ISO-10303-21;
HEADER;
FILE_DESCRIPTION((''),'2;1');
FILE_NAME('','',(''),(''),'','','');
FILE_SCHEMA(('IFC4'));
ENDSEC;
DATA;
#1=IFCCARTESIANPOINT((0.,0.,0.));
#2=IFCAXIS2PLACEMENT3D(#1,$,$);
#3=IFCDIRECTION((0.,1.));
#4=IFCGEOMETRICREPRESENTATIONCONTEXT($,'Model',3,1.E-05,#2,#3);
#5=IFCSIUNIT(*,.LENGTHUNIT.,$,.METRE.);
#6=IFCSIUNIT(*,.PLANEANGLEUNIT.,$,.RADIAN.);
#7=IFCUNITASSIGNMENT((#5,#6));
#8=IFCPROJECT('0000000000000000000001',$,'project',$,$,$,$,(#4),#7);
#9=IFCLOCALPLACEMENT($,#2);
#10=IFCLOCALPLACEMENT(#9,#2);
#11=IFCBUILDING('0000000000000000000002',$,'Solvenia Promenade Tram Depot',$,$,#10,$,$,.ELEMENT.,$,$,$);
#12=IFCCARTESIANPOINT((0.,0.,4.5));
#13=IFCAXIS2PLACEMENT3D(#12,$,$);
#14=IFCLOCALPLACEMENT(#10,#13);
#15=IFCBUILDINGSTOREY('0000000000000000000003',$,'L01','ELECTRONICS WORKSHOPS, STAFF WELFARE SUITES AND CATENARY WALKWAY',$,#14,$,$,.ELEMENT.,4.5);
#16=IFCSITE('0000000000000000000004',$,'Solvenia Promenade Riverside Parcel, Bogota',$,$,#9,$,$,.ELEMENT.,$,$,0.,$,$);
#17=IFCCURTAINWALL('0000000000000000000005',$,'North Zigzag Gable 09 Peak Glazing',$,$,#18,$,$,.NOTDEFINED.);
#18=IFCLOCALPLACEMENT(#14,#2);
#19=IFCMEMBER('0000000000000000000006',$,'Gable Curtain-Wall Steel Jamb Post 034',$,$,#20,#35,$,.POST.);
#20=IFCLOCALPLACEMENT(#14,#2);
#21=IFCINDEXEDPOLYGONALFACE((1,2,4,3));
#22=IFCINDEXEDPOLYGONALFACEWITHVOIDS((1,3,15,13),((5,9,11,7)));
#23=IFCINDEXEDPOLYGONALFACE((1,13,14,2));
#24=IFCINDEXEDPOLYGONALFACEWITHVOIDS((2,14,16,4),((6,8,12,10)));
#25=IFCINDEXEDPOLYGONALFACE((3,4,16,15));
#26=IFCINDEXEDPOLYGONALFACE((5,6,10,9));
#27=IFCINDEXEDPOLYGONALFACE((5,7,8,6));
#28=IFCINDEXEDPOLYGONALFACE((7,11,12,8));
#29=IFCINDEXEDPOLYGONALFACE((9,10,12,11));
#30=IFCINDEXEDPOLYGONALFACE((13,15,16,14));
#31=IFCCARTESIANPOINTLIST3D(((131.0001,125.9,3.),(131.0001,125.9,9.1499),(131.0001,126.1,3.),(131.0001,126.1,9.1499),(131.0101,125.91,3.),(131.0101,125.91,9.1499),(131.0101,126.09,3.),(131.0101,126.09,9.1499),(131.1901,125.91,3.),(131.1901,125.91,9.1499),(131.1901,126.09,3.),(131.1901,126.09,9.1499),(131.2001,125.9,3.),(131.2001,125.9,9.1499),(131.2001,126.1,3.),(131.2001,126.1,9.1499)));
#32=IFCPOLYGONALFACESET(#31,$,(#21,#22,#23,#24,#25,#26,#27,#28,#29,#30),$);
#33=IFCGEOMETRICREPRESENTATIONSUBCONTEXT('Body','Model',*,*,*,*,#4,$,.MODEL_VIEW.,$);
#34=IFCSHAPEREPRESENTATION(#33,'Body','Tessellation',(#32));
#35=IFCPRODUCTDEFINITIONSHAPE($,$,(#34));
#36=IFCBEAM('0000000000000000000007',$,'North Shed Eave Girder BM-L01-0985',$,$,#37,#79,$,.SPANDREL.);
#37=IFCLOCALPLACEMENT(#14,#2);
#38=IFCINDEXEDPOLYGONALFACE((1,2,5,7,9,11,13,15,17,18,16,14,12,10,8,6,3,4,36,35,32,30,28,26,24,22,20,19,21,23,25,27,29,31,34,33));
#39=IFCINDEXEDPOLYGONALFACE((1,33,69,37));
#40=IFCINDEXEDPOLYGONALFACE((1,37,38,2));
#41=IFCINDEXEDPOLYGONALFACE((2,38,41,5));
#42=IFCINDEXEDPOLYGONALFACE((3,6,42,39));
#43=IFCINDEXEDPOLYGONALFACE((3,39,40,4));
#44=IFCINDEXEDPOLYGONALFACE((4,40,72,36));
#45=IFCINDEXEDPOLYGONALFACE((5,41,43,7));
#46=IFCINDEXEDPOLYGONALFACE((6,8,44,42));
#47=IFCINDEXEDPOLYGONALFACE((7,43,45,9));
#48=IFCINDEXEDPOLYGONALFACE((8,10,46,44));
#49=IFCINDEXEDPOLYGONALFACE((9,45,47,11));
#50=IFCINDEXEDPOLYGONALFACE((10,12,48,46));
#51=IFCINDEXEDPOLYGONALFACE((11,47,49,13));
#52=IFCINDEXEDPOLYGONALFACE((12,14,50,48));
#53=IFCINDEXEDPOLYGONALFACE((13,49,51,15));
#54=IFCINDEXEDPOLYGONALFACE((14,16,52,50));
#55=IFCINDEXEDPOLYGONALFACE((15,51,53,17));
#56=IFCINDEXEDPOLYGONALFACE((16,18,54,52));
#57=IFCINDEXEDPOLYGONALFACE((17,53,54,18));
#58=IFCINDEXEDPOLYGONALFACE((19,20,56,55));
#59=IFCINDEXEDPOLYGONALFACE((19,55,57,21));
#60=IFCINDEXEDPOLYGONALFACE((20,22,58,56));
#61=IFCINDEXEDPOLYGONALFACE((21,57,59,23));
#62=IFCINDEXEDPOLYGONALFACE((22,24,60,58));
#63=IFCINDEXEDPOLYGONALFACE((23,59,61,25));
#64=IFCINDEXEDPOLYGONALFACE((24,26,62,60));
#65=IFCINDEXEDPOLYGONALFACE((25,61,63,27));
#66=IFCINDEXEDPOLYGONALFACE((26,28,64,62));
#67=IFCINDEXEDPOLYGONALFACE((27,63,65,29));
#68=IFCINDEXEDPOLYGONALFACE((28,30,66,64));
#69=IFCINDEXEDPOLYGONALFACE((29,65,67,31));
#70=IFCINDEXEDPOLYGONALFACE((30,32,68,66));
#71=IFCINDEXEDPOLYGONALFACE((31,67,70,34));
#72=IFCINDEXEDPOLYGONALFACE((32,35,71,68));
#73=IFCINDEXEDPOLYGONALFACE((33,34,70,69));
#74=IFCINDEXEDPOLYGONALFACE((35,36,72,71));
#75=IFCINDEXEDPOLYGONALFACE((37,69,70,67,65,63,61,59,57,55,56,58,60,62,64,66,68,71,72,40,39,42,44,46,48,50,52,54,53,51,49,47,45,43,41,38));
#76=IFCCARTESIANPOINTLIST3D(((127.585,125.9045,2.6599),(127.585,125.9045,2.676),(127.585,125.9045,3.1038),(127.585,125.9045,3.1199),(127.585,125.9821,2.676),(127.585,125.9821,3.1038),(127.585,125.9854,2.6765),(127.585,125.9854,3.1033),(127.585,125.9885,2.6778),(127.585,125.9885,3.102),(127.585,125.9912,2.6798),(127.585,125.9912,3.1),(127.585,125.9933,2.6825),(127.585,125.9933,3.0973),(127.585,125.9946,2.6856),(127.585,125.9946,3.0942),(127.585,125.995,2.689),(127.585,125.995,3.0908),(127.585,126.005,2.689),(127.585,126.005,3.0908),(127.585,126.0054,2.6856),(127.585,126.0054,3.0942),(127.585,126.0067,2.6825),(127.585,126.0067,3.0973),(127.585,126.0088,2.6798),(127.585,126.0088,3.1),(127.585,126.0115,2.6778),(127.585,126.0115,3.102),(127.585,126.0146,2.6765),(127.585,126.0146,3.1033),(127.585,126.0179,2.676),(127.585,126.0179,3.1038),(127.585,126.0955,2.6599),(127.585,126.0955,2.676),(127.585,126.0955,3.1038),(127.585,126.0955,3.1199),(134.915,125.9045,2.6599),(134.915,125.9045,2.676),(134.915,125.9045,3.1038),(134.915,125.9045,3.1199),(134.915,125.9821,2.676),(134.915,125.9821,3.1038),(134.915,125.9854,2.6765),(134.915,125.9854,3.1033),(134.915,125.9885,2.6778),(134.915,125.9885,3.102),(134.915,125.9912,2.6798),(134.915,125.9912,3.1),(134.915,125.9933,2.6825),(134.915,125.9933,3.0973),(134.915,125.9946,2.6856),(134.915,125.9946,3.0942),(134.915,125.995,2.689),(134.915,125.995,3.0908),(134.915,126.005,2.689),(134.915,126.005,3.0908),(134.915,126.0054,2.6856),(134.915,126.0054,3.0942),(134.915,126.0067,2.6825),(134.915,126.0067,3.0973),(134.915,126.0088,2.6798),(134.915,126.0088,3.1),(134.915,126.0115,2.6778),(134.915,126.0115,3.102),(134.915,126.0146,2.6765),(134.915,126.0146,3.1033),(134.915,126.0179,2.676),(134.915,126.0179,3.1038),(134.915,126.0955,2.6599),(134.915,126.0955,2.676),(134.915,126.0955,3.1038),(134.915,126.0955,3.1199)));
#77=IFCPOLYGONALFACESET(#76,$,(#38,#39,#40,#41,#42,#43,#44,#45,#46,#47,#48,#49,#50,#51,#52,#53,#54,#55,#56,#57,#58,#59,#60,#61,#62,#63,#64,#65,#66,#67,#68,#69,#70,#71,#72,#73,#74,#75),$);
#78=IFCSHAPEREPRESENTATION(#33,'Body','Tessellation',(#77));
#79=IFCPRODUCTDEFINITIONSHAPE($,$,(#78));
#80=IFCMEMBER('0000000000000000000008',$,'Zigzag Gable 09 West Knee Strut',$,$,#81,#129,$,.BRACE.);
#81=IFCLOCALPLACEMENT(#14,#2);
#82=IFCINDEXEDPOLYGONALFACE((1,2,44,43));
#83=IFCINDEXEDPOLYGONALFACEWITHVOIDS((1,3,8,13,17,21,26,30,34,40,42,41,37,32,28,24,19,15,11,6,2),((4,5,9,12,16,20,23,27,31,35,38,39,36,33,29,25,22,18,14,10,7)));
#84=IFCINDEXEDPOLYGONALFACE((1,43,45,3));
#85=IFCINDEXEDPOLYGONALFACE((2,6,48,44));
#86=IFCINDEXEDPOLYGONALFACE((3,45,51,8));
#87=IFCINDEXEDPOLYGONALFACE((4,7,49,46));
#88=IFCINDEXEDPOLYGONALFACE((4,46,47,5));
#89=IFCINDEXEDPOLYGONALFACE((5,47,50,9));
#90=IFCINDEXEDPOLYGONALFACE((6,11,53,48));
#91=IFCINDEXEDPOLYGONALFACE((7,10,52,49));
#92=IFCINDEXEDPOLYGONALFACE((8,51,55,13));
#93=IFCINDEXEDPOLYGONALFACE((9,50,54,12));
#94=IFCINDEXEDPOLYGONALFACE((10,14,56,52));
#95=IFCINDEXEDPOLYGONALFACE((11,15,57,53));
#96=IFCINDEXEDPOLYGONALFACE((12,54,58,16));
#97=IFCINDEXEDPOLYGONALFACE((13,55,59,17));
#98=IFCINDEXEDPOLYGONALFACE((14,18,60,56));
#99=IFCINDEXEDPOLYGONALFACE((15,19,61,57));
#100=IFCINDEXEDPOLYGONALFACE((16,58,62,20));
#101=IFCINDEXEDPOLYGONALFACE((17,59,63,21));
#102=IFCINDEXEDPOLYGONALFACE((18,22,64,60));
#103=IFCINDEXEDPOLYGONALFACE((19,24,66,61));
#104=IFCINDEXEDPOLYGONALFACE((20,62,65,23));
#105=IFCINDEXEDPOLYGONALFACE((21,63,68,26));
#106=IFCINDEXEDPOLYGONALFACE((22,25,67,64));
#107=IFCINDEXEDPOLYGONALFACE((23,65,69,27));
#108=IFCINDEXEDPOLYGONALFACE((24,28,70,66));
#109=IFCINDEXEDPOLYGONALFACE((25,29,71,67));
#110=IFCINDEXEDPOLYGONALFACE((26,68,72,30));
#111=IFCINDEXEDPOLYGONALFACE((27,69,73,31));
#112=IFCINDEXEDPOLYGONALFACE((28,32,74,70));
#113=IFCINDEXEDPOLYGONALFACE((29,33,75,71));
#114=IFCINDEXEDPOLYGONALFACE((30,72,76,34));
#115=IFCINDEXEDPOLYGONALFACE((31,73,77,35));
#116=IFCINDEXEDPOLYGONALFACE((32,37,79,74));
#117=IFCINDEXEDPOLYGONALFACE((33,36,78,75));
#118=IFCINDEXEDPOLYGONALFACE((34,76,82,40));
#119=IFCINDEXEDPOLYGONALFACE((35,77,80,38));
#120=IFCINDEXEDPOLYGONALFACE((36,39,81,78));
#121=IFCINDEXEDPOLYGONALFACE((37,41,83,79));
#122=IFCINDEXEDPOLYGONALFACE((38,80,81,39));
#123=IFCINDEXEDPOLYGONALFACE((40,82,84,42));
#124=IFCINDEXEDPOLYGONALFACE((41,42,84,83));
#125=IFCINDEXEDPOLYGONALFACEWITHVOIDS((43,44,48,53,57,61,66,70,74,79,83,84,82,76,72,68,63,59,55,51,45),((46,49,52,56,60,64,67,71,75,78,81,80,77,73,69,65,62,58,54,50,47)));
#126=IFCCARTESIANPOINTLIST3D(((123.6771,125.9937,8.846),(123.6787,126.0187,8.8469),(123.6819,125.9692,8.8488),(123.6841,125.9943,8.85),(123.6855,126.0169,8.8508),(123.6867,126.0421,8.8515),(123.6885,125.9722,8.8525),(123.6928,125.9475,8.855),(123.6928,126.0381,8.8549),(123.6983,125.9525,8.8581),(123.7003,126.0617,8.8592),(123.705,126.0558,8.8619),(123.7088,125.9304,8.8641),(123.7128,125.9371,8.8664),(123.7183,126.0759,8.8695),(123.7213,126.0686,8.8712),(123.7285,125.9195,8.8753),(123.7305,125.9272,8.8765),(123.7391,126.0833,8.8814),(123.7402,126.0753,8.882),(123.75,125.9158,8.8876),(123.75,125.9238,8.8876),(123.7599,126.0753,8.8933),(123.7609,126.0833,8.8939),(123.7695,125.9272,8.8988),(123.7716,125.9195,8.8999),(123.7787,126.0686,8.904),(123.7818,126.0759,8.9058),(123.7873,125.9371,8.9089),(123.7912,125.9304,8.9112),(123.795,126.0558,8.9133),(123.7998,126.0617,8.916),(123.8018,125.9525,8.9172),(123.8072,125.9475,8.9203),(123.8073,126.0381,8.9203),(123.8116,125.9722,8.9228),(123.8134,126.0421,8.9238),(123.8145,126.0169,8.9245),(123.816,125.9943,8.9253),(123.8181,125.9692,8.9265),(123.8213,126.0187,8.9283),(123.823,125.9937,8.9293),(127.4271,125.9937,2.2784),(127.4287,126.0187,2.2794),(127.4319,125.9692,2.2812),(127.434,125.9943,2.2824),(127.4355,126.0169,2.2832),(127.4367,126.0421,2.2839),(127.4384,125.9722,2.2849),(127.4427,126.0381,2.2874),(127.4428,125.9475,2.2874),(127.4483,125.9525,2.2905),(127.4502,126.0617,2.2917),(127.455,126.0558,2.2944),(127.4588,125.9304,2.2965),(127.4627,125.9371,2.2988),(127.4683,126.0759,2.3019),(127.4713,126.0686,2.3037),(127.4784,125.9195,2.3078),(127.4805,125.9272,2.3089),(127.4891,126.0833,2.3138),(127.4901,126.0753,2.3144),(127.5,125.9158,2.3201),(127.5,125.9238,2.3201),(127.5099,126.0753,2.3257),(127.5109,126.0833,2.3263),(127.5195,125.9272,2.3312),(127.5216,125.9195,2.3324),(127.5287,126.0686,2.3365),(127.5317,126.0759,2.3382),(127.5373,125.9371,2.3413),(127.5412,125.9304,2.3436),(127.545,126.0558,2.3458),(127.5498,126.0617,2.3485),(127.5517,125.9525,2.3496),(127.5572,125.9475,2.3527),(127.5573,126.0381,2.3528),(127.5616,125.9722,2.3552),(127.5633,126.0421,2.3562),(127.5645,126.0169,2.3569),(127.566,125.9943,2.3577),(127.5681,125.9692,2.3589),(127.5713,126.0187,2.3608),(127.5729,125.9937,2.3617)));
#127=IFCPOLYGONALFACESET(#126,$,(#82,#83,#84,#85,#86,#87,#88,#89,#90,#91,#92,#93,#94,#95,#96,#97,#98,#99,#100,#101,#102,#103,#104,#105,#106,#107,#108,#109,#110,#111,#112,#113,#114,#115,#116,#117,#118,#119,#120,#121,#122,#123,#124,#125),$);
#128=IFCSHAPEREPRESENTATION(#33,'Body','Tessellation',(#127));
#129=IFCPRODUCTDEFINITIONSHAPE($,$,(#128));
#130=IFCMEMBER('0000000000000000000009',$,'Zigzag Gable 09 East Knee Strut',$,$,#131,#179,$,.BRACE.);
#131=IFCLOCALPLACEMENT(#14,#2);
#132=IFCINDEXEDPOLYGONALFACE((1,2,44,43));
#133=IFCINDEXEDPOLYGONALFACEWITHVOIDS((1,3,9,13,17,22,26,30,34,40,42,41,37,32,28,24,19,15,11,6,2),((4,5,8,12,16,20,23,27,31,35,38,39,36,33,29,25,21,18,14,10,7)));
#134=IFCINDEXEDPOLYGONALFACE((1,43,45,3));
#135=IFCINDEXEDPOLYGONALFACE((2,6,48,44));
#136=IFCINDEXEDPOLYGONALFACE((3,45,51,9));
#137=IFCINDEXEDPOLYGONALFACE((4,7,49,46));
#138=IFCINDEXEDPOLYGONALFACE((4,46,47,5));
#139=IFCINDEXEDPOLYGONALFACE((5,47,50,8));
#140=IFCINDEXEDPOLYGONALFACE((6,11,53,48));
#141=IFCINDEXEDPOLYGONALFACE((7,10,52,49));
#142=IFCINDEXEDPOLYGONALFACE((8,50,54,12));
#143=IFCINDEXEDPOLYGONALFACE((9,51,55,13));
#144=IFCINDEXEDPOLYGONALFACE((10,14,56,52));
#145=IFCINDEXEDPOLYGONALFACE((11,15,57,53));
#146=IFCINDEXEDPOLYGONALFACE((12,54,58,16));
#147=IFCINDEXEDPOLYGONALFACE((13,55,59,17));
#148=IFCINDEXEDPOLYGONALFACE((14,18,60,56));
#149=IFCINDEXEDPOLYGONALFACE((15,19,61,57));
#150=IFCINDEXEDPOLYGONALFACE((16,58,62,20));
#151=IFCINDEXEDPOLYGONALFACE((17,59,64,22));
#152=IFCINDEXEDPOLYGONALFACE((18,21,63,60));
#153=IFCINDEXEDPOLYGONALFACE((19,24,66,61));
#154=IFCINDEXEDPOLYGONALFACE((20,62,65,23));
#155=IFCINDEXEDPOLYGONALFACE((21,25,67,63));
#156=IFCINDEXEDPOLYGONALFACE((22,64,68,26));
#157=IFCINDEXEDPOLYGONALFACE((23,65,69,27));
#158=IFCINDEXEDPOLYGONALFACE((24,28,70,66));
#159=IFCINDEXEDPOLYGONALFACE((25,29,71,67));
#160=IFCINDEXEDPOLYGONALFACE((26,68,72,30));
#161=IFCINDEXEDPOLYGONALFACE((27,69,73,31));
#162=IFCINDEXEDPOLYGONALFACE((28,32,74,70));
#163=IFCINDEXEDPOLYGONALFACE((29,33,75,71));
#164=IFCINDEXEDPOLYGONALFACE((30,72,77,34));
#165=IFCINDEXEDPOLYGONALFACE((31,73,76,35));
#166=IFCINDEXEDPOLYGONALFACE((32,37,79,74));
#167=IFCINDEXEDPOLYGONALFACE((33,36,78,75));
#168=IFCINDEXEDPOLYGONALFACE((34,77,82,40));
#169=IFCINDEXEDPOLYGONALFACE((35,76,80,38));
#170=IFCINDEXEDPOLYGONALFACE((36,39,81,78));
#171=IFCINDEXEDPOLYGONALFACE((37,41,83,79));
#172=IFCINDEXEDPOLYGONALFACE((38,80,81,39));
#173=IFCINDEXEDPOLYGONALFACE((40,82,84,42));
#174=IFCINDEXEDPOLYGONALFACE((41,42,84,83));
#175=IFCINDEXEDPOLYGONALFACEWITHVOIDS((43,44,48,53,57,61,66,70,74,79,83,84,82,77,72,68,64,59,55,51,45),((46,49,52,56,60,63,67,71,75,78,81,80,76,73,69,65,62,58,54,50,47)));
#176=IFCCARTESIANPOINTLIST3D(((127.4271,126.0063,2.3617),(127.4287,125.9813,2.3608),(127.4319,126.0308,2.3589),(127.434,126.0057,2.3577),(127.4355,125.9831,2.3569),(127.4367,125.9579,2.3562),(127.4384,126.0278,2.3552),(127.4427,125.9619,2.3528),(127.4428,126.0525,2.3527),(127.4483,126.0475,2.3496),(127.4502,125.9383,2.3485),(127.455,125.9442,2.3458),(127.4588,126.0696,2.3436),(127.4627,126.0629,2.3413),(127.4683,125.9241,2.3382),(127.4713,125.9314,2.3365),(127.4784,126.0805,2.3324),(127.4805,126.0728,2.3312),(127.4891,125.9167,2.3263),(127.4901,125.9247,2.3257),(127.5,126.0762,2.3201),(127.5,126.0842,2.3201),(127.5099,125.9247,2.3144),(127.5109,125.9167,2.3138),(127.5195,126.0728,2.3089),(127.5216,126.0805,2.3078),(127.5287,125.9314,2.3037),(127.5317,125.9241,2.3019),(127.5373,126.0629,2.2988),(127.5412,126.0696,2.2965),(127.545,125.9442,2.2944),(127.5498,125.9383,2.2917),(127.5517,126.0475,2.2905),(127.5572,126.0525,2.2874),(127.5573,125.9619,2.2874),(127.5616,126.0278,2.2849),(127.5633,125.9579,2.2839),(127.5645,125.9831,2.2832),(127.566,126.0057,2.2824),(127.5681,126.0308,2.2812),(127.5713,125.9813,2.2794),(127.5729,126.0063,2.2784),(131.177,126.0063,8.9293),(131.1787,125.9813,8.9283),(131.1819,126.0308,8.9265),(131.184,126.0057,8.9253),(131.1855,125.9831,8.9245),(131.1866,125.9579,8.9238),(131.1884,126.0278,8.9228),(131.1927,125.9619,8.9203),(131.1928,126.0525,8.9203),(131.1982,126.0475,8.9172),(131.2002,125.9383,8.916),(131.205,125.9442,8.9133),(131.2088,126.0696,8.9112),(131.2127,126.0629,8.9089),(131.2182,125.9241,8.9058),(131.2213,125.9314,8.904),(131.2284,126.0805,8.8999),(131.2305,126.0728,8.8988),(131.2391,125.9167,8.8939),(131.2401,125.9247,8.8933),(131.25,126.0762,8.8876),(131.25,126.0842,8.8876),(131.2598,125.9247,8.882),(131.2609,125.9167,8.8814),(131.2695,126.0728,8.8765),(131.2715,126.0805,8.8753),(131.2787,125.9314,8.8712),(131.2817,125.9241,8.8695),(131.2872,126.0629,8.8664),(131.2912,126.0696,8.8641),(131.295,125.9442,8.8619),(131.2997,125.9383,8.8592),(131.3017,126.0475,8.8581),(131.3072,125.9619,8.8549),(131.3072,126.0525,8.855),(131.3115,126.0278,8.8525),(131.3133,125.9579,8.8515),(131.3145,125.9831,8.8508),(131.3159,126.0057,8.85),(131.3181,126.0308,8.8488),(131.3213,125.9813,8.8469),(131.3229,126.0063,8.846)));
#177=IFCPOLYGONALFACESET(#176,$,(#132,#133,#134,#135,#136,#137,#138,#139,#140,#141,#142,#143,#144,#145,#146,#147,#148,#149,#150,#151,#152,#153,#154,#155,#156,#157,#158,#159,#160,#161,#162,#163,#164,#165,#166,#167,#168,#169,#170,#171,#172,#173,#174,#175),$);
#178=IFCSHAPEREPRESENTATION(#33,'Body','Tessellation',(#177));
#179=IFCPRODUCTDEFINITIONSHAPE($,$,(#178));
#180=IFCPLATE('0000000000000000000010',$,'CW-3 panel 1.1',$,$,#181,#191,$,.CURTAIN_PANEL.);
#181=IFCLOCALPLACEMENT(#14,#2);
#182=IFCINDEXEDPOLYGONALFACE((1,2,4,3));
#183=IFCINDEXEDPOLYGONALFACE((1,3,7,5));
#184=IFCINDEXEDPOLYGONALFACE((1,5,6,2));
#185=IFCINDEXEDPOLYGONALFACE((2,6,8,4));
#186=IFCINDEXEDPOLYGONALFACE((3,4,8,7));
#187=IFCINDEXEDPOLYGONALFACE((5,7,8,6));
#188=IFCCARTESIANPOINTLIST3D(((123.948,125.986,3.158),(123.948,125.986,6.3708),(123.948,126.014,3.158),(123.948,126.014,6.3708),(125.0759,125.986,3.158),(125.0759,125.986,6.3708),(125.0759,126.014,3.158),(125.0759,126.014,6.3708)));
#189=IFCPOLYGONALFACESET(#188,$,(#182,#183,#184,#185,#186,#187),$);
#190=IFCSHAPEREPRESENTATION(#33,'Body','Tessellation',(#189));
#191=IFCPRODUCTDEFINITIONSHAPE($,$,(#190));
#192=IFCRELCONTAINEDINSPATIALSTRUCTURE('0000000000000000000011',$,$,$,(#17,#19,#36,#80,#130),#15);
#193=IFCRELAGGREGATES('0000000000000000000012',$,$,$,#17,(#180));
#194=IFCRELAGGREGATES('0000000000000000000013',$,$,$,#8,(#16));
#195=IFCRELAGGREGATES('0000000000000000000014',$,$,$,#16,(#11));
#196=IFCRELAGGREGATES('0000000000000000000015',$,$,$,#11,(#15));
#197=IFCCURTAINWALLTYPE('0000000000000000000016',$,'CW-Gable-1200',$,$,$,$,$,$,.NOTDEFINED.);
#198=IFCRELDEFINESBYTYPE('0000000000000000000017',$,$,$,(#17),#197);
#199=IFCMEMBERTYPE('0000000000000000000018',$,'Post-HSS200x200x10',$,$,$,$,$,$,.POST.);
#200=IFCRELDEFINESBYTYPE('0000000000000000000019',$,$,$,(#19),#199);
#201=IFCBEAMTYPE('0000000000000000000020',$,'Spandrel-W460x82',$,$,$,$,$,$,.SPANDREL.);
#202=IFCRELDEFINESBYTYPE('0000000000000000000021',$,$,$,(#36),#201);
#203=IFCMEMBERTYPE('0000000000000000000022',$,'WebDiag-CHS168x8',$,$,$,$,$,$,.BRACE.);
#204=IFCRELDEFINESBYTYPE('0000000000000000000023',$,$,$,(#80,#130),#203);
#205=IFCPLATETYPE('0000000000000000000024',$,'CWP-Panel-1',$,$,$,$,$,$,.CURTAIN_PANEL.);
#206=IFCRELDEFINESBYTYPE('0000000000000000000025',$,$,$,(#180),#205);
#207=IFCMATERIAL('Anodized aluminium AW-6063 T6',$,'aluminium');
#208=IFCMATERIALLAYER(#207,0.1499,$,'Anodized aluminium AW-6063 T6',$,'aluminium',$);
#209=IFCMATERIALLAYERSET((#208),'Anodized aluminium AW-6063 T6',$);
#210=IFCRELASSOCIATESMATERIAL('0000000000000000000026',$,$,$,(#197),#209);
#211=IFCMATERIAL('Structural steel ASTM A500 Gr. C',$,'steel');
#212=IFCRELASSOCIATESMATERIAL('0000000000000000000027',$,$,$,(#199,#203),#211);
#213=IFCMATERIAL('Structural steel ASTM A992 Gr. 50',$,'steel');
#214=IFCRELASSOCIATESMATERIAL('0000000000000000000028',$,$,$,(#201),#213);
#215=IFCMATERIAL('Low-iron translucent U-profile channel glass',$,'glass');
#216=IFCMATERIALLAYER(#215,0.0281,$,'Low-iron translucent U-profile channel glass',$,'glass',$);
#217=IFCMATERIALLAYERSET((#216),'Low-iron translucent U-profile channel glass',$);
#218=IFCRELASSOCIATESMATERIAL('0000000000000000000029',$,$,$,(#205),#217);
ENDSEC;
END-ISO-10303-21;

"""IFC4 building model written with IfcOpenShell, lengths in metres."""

from ifc_helpers import new_model, si_unit, direction, frame, origin, origin_2d, place, context, subcontext, project, spatial, rectangle, hollow_rectangle, hollow_circle, i_section, extrude, material, layer, layer_set, material_profile, profile_set, type_object, element, aggregate, save


model = new_model("IFC4")

# Units and contexts
model_context = context("Model", 3, precision=1e-05, world=origin(), true_north=direction((0.0, 1.0)))
body_context = subcontext(model_context, "Body", "Model", "MODEL_VIEW")
ifc_project = project(units=[si_unit("LENGTHUNIT", "METRE"), si_unit("PLANEANGLEUNIT", "RADIAN")], contexts=[model_context])

# Site, building, storey
site_placement = place(None, origin())
site = spatial("IfcSite", under=ifc_project, at=site_placement, Name="Solvenia Promenade Riverside Parcel, Bogota", CompositionType="ELEMENT", RefElevation=0.0)
building_placement = place(site_placement, origin())
building = spatial("IfcBuilding", under=site, at=building_placement, Name="Solvenia Promenade Tram Depot", CompositionType="ELEMENT")
storey_placement = place(building_placement, frame((0.0, 0.0, 4.5)))
storey = spatial("IfcBuildingStorey", under=building, at=storey_placement, Name="L01", Description="ELECTRONICS WORKSHOPS, STAFF WELFARE SUITES AND CATENARY WALKWAY", CompositionType="ELEMENT", Elevation=4.5)

# Shared definitions
ifc_material_1 = material(Name="Structural steel ASTM A992 Gr. 50", Category="steel")

# Shared definitions
ifc_material_2 = material(Name="Structural steel ASTM A500 Gr. C", Category="steel")

# Curtain wall
ifc_material_3 = material(Name="Anodized aluminium AW-6063 T6", Category="aluminium")
ifc_layer_1 = layer(ifc_material_3, 0.1499, Name="Anodized aluminium AW-6063 T6", Category="aluminium")
ifc_layer_set_1 = layer_set([ifc_layer_1], Name="Anodized aluminium AW-6063 T6")
curtain_wall_type = type_object("IfcCurtainWallType", Name="CW-Gable-1200", PredefinedType="NOTDEFINED", material=ifc_layer_set_1)
curtain_wall_placement = place(storey_placement, origin())
curtain_wall = element("IfcCurtainWall", 1, at=curtain_wall_placement, inside=storey, type_object=curtain_wall_type, Name="North Zigzag Gable 09 Peak Glazing", PredefinedType="NOTDEFINED")

# Member
ifc_material_profile_1 = material_profile(ifc_material_2, hollow_rectangle(XDim=0.2, YDim=0.2, WallThickness=0.01, at=origin_2d()), Name="HSS200x200x10", Category="steel")
ifc_profile_set_1 = profile_set([ifc_material_profile_1], Name="Structural steel ASTM A500 Gr. C")
member_type_1 = type_object("IfcMemberType", Name="Post-HSS200x200x10", PredefinedType="POST", material=ifc_profile_set_1)
for number, where, z_axis, x_axis, name in (
    (2, (131.1001, 126.0, 3.0), (0.0, 0.0, 1.0), (1.0, 0.0, 0.0), "Gable Curtain-Wall Steel Jamb Post 034"),
):
    element("IfcMember", number, at=place(storey_placement, frame(where, z_axis=z_axis, x_axis=x_axis)), inside=storey, type_object=member_type_1, Name=name, PredefinedType="POST", context=body_context, shape_type="SweptSolid", body=[
        extrude(hollow_rectangle(XDim=0.2, YDim=0.2, WallThickness=0.01, at=origin_2d()), origin(), (0.0, 0.0, 1.0), 6.1499),
    ])

# Beam
ifc_material_profile_2 = material_profile(ifc_material_1, i_section(OverallWidth=0.1909, OverallDepth=0.46, WebThickness=0.01, FlangeThickness=0.0161, FilletRadius=0.0129, at=origin_2d()), Name="W460x82", Category="steel")
ifc_profile_set_2 = profile_set([ifc_material_profile_2], Name="Structural steel ASTM A992 Gr. 50")
beam_type = type_object("IfcBeamType", Name="Spandrel-W460x82", PredefinedType="SPANDREL", material=ifc_profile_set_2)
beam_placement = place(storey_placement, frame((127.585, 126.0, 2.8899), z_axis=(1.0, 0.0, 0.0), x_axis=(0.0, 1.0, 0.0)))
element("IfcBeam", 3, at=beam_placement, inside=storey, type_object=beam_type, Name="North Shed Eave Girder BM-L01-0985", PredefinedType="SPANDREL", context=body_context, shape_type="SweptSolid", body=[
    extrude(i_section(OverallWidth=0.1909, OverallDepth=0.46, WebThickness=0.01, FlangeThickness=0.0161, FilletRadius=0.0129, at=origin_2d()), origin(), (0.0, 0.0, 1.0), 7.3301),
])

# Members
ifc_material_profile_3 = material_profile(ifc_material_2, hollow_circle(Radius=0.0842, WallThickness=0.0081, at=origin_2d()), Name="CHS168.3x8", Category="steel")
ifc_profile_set_3 = profile_set([ifc_material_profile_3], Name="Structural steel ASTM A500 Gr. C")
member_type_2 = type_object("IfcMemberType", Name="WebDiag-CHS168x8", PredefinedType="BRACE", material=ifc_profile_set_3)
for number, where, z_axis, x_axis, name in (
    (4, (127.5, 126.0, 2.3201), (-0.495847, 0.0, 0.86841), (0.0, -1.0, 0.0), "Zigzag Gable 09 West Knee Strut"),
    (5, (127.5, 126.0, 2.3201), (0.495847, 0.0, 0.86841), (0.0, 1.0, 0.0), "Zigzag Gable 09 East Knee Strut"),
):
    element("IfcMember", number, at=place(storey_placement, frame(where, z_axis=z_axis, x_axis=x_axis)), inside=storey, type_object=member_type_2, Name=name, PredefinedType="BRACE", context=body_context, shape_type="SweptSolid", body=[
        extrude(hollow_circle(Radius=0.0842, WallThickness=0.0081, at=origin_2d()), origin(), (0.0, 0.0, 1.0), 7.5627),
    ])

# Plate
ifc_material_4 = material(Name="Low-iron translucent U-profile channel glass", Category="glass")
ifc_layer_2 = layer(ifc_material_4, 0.0281, Name="Low-iron translucent U-profile channel glass", Category="glass")
ifc_layer_set_2 = layer_set([ifc_layer_2], Name="Low-iron translucent U-profile channel glass")
plate_type_1 = type_object("IfcPlateType", Name="CWP-Panel-1", PredefinedType="CURTAIN_PANEL", material=ifc_layer_set_2)
plate_1_placement = place(storey_placement, frame((124.512, 126.0, 3.158), z_axis=(0.0, 0.0, 1.0), x_axis=(1.0, 0.0, 0.0)))
plate_1 = element("IfcPlate", 6, at=plate_1_placement, type_object=plate_type_1, Name="CW-3 panel 1.1", PredefinedType="CURTAIN_PANEL", context=body_context, shape_type="SweptSolid", body=[
    extrude(rectangle(XDim=1.1279, YDim=0.0281, at=origin_2d()), origin(), (0.0, 0.0, 1.0), 3.2129),
])
aggregate(curtain_wall, [plate_1])

save(model, "model.ifc")
